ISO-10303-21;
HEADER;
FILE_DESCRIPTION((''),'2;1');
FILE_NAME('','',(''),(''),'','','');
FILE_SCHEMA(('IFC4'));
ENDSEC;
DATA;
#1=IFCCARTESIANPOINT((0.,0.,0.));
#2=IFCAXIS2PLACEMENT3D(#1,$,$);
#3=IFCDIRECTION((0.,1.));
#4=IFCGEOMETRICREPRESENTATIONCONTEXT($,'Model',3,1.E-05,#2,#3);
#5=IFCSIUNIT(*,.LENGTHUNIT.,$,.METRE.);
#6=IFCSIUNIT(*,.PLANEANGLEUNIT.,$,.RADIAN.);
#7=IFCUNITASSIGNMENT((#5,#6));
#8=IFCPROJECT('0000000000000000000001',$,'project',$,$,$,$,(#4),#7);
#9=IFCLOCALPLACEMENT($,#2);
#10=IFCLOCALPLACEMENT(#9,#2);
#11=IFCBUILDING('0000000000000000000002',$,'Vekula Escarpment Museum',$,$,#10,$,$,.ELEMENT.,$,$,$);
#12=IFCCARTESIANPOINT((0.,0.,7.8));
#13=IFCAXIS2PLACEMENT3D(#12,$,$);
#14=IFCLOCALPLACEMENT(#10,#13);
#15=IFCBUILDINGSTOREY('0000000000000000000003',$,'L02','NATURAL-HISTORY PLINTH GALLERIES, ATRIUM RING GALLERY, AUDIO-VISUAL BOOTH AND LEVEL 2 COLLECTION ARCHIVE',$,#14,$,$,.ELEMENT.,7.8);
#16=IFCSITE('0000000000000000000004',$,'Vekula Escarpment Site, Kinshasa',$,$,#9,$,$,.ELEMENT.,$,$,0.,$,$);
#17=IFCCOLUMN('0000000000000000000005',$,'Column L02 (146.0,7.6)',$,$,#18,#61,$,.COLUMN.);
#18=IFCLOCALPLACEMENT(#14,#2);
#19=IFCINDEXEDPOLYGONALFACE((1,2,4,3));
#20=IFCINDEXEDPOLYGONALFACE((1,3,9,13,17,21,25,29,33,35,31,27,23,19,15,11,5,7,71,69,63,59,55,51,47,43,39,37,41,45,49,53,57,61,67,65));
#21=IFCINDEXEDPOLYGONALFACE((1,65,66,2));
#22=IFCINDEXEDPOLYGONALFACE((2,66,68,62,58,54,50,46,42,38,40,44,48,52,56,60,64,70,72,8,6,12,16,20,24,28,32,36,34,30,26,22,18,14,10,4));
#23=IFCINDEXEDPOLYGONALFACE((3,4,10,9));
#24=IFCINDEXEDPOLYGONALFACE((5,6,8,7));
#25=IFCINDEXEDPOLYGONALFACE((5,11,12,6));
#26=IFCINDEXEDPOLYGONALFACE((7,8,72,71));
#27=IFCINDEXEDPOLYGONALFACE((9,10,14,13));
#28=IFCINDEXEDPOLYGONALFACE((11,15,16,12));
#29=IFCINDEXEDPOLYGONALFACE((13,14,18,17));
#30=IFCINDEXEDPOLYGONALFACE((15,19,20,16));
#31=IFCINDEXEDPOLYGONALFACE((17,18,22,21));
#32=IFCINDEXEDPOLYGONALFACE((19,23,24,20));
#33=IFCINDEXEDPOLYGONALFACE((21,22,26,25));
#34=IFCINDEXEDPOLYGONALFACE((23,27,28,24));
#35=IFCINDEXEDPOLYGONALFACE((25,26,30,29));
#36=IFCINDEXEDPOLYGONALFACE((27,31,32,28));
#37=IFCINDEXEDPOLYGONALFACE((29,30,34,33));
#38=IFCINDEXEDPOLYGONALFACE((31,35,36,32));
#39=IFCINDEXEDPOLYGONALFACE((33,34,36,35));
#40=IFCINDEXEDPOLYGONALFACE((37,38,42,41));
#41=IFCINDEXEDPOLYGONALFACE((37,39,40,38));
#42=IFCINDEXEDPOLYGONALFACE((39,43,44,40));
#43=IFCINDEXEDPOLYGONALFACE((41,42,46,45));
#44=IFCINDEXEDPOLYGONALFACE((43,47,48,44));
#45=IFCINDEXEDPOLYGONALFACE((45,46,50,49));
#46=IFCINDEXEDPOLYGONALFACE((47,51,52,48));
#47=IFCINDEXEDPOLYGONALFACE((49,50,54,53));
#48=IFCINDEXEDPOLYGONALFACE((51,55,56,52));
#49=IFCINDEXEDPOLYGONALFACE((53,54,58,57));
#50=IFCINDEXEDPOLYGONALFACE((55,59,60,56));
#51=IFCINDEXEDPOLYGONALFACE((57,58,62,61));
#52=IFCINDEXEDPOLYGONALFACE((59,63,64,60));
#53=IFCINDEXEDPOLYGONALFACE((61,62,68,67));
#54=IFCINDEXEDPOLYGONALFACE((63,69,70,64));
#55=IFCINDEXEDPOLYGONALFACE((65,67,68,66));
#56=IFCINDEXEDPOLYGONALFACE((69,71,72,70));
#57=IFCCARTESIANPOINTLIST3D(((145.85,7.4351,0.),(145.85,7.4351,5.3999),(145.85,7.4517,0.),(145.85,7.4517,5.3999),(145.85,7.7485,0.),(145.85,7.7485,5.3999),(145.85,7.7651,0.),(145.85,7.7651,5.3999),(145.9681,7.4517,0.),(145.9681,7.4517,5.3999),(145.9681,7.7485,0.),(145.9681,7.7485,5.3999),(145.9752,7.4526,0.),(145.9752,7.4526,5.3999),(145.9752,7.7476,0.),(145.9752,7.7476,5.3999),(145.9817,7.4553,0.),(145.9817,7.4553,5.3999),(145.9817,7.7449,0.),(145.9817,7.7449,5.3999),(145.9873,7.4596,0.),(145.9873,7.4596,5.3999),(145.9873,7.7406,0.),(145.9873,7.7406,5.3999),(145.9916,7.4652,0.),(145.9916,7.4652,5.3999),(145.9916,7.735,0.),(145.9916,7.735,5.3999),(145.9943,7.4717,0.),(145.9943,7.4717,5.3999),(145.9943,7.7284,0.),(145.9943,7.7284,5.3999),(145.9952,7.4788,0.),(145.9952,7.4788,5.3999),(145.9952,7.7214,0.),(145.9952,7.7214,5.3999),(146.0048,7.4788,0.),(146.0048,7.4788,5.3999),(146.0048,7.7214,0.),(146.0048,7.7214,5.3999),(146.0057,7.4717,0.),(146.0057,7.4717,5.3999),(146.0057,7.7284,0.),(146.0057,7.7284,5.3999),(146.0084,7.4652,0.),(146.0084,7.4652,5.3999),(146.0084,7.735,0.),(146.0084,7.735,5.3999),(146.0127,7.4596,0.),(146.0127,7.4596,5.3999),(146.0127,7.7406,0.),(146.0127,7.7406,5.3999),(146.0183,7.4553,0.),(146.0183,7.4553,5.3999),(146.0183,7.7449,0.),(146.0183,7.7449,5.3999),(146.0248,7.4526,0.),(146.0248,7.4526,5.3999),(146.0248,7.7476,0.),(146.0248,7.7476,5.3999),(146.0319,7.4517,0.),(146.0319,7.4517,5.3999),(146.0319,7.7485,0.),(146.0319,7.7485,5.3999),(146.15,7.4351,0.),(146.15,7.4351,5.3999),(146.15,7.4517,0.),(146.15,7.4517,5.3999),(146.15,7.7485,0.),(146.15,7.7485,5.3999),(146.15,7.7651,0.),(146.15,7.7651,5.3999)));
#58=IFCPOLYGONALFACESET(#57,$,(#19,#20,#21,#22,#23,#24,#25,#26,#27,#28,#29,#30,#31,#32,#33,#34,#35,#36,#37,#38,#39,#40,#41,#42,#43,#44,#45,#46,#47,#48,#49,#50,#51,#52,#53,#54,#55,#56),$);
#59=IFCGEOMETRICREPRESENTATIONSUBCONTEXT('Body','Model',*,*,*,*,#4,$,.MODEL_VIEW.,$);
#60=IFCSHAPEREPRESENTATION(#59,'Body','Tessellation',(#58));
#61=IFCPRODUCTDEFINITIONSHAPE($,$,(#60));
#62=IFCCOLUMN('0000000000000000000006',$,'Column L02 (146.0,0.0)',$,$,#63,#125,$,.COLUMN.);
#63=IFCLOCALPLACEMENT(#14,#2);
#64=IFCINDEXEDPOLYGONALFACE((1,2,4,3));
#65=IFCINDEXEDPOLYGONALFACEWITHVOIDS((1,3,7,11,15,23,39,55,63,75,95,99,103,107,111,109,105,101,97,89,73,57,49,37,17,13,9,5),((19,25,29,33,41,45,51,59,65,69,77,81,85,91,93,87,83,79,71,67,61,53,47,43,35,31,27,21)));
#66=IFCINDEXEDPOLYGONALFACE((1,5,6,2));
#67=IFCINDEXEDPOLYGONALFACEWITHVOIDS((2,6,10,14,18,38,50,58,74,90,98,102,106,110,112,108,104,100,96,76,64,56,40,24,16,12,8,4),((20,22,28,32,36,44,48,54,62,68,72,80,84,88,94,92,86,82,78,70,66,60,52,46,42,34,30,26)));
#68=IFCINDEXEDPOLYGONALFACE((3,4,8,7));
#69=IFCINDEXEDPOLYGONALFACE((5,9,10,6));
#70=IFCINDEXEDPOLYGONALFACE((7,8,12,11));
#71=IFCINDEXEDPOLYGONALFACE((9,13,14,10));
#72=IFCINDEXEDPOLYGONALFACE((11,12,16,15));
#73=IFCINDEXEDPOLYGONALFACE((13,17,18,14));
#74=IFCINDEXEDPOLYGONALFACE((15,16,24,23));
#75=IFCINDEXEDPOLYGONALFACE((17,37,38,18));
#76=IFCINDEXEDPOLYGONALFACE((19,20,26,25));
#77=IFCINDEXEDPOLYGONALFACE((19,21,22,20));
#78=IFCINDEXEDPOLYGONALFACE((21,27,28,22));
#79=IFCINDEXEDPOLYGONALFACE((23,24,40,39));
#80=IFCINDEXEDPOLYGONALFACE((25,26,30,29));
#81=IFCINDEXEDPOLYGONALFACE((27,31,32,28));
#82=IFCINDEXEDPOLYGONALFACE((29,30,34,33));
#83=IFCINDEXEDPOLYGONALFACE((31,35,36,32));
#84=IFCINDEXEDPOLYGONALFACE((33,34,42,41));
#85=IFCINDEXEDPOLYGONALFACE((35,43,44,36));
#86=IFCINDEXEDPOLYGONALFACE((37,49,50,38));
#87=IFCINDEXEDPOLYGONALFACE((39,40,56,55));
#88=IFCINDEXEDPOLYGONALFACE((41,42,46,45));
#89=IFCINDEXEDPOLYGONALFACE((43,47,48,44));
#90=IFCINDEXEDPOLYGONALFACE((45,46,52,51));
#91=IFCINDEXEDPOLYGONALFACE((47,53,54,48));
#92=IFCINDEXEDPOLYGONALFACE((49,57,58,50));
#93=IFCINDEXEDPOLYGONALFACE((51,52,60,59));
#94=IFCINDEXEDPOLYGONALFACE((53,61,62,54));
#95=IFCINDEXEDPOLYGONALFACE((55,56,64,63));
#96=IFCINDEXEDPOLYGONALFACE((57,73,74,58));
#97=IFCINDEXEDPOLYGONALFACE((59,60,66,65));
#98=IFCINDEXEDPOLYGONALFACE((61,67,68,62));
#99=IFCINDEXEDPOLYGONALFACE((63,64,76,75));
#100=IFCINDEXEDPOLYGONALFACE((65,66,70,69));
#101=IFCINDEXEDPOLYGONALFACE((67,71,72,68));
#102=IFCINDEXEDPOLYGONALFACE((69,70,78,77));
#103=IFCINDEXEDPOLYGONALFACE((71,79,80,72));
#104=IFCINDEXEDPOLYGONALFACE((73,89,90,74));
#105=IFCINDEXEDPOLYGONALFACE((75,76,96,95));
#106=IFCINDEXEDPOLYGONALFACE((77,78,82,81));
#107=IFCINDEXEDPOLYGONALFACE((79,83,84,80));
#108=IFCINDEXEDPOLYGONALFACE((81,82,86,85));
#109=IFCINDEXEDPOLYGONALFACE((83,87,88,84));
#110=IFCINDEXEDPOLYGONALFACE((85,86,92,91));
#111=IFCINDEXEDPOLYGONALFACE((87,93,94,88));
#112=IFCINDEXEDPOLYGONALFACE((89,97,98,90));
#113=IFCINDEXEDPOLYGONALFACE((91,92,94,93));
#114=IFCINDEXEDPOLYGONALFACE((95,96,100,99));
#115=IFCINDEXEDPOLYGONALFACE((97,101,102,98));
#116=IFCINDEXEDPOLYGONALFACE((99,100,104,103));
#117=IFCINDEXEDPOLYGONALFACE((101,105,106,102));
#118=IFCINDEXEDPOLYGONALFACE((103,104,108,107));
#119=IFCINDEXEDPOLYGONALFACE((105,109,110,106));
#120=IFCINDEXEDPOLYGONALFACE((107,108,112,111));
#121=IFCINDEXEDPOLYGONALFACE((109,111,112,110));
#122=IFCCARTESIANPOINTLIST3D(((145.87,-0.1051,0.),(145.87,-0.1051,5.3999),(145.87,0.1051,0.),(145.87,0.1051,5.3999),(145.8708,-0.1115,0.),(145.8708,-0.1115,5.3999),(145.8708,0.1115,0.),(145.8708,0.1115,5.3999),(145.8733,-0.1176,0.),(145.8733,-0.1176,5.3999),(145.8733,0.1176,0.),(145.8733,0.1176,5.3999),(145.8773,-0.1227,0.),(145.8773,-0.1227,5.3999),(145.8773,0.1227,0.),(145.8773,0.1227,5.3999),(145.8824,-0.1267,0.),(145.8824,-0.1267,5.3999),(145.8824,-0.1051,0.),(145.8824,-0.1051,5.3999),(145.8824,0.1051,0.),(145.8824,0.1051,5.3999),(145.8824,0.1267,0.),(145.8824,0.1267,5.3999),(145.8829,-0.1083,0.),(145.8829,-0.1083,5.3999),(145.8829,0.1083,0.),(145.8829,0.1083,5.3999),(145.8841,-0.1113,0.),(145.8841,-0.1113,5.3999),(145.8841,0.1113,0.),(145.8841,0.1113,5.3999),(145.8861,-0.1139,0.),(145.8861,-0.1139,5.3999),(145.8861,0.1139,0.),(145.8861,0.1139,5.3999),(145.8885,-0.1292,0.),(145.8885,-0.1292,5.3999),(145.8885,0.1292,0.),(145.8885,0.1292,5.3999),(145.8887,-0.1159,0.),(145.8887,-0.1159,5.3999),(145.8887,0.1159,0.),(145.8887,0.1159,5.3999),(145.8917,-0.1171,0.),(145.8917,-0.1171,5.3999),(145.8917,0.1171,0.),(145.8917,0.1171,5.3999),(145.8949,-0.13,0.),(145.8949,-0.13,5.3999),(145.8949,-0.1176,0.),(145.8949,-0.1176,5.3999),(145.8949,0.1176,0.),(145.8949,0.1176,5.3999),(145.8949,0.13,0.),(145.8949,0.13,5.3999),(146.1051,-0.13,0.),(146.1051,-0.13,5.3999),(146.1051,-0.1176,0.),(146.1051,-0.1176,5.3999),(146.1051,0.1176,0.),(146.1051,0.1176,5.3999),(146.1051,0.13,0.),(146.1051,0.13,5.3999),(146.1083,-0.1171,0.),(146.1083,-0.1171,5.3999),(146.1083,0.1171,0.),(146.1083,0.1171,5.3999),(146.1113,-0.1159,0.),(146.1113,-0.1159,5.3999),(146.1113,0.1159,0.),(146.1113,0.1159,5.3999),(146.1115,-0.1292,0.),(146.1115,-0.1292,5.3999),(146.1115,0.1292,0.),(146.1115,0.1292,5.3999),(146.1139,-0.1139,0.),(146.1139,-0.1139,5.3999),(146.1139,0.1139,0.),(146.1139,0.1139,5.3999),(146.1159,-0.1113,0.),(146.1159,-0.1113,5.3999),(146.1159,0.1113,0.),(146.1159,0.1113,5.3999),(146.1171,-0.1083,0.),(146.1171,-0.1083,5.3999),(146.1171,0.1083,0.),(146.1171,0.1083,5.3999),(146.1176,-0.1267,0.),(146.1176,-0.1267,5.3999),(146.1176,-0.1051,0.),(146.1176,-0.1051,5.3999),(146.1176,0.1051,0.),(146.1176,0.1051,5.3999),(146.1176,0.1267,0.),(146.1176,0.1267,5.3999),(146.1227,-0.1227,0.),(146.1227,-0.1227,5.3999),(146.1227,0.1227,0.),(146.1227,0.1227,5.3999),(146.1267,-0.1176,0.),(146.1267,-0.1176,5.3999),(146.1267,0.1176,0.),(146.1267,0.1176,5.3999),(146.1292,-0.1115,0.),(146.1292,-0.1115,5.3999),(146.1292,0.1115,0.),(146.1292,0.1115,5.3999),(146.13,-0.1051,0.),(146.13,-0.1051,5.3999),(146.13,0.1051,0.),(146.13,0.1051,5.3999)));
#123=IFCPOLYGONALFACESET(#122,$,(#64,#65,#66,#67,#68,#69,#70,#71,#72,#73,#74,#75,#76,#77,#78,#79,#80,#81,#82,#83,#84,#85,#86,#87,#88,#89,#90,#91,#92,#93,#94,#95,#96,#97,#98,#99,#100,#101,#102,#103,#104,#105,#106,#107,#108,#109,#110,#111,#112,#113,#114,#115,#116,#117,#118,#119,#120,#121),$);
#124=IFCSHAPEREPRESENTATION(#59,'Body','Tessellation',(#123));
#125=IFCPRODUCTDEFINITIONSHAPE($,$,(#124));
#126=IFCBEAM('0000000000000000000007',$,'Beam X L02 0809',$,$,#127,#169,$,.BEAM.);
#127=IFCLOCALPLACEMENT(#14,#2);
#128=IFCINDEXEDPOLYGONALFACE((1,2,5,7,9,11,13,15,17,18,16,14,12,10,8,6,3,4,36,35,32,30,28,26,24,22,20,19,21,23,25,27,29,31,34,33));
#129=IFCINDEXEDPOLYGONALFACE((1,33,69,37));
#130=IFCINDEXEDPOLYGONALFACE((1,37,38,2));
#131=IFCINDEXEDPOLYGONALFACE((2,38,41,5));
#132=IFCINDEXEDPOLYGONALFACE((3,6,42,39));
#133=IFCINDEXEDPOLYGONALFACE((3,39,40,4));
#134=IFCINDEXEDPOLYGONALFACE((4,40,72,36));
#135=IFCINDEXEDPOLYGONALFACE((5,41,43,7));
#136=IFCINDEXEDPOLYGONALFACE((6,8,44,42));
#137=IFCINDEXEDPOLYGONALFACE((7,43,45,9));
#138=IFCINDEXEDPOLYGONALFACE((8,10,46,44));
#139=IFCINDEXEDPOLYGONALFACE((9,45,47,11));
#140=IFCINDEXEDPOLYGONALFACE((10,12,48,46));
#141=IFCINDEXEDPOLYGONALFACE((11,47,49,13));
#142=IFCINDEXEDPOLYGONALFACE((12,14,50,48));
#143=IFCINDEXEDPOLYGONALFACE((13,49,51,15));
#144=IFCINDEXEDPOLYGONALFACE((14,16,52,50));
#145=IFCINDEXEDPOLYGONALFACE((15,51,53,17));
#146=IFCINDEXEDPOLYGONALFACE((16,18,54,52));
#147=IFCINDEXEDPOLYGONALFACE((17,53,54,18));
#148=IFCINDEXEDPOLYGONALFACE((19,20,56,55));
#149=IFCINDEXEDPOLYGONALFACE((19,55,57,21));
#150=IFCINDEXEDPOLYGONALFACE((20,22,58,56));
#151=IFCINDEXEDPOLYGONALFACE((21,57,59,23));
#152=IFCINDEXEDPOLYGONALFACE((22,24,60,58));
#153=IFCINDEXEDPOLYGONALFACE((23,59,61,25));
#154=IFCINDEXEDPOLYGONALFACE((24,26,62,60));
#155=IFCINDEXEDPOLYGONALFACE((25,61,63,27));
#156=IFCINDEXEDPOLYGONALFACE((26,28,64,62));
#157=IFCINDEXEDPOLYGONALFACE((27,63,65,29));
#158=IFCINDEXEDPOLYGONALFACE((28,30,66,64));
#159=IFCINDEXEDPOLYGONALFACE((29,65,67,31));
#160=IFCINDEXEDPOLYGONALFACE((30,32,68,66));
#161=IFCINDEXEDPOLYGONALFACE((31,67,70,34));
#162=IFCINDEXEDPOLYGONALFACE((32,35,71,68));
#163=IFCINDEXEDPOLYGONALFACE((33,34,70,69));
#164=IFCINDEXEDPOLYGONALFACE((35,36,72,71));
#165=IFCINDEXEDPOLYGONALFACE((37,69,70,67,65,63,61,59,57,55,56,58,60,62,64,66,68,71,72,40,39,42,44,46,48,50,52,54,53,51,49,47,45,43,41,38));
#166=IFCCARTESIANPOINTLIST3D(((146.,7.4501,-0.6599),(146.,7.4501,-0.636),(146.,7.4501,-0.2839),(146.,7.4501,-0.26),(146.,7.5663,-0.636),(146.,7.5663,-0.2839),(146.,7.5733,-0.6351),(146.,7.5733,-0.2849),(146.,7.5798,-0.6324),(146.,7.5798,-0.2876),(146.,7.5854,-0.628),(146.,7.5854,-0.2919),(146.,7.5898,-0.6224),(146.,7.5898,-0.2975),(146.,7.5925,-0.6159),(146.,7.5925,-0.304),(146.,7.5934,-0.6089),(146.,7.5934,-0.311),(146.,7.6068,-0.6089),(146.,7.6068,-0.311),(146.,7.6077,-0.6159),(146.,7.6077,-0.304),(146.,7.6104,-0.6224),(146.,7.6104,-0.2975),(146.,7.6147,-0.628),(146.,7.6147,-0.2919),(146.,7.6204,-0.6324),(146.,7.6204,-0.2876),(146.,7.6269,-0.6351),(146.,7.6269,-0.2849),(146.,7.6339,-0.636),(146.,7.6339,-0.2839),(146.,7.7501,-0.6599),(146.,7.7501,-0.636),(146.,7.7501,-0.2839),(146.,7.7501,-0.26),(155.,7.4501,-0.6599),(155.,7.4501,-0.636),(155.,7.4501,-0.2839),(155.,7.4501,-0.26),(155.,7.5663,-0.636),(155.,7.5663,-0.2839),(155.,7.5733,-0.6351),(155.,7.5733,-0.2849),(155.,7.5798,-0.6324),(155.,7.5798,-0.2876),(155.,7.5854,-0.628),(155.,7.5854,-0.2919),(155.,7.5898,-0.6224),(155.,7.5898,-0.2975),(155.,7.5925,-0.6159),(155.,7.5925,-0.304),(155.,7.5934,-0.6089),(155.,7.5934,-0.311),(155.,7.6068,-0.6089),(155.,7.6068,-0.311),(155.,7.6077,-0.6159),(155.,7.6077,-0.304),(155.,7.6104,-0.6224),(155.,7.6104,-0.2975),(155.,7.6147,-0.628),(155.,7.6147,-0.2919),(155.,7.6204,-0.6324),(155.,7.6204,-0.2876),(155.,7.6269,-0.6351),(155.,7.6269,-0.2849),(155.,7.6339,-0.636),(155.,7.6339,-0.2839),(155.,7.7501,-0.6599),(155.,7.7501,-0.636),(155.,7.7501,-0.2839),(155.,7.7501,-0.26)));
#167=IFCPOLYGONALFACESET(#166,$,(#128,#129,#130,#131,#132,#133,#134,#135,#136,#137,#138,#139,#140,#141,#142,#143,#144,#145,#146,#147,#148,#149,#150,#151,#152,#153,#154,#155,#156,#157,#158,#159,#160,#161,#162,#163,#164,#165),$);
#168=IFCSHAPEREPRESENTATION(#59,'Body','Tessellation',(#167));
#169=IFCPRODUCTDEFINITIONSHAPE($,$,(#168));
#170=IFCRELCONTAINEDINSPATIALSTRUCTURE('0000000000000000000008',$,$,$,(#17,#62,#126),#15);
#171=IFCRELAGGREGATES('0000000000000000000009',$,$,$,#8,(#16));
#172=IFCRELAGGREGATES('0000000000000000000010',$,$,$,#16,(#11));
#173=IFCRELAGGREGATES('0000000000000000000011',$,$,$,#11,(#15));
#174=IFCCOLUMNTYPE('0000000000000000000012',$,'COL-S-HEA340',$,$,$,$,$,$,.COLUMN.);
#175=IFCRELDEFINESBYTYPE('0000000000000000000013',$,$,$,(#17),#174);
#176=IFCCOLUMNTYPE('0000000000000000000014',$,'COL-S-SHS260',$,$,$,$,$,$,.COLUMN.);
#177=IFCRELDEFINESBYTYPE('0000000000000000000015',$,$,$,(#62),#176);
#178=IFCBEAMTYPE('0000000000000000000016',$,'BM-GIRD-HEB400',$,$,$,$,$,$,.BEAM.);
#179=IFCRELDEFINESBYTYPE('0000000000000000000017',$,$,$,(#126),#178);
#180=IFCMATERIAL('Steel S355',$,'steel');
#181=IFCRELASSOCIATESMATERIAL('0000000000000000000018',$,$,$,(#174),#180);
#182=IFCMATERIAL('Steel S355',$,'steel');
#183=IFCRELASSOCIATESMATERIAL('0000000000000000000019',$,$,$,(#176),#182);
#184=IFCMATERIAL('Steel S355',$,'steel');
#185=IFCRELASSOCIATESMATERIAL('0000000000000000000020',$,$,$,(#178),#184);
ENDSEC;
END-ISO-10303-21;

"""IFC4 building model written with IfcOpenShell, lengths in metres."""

from ifc_helpers import new_model, si_unit, direction, frame, origin, origin_2d, place, context, subcontext, project, spatial, hollow_rectangle, i_section, extrude, material, material_profile, profile_set, type_object, element, save


model = new_model("IFC4")

# Units and contexts
model_context = context("Model", 3, precision=1e-05, world=origin(), true_north=direction((0.0, 1.0)))
body_context = subcontext(model_context, "Body", "Model", "MODEL_VIEW")
ifc_project = project(units=[si_unit("LENGTHUNIT", "METRE"), si_unit("PLANEANGLEUNIT", "RADIAN")], contexts=[model_context])

# Site, building, storey
site_placement = place(None, origin())
site = spatial("IfcSite", under=ifc_project, at=site_placement, Name="Vekula Escarpment Site, Kinshasa", CompositionType="ELEMENT", RefElevation=0.0)
building_placement = place(site_placement, origin())
building = spatial("IfcBuilding", under=site, at=building_placement, Name="Vekula Escarpment Museum", CompositionType="ELEMENT")
storey_placement = place(building_placement, frame((0.0, 0.0, 7.8)))
storey = spatial("IfcBuildingStorey", under=building, at=storey_placement, Name="L02", Description="NATURAL-HISTORY PLINTH GALLERIES, ATRIUM RING GALLERY, AUDIO-VISUAL BOOTH AND LEVEL 2 COLLECTION ARCHIVE", CompositionType="ELEMENT", Elevation=7.8)

# Columns
ifc_material_1 = material(Name="Steel S355", Category="steel")
ifc_material_profile_1 = material_profile(ifc_material_1, i_section(OverallWidth=0.3, OverallDepth=0.3301, WebThickness=0.0095, FlangeThickness=0.0166, FilletRadius=0.0271, at=origin_2d()), Name="HEA 340")
ifc_profile_set_1 = profile_set([ifc_material_profile_1], Name="Steel S355")
column_type_1 = type_object("IfcColumnType", Name="COL-S-HEA340", PredefinedType="COLUMN", material=ifc_profile_set_1)
column_1_placement = place(storey_placement, frame((146.0, 7.6001, 0.0), z_axis=(0.0, 0.0, 1.0), x_axis=(1.0, 0.0, 0.0)))
element("IfcColumn", 1, at=column_1_placement, inside=storey, type_object=column_type_1, Name="Column L02 (146.0,7.6)", PredefinedType="COLUMN", context=body_context, shape_type="SweptSolid", body=[
    extrude(i_section(OverallWidth=0.3, OverallDepth=0.3301, WebThickness=0.0095, FlangeThickness=0.0166, FilletRadius=0.0271, at=origin_2d()), origin(), (0.0, 0.0, 1.0), 5.3999),
])
ifc_material_2 = material(Name="Steel S355", Category="steel")
ifc_material_profile_2 = material_profile(ifc_material_2, hollow_rectangle(XDim=0.26, YDim=0.26, WallThickness=0.0125, InnerFilletRadius=0.0125, OuterFilletRadius=0.0249, at=origin_2d()), Name="SHS 260x260x12.5")
ifc_profile_set_2 = profile_set([ifc_material_profile_2], Name="Steel S355")
column_type_2 = type_object("IfcColumnType", Name="COL-S-SHS260", PredefinedType="COLUMN", material=ifc_profile_set_2)
column_2_placement = place(storey_placement, frame((146.0, 0.0, 0.0), z_axis=(0.0, 0.0, 1.0), x_axis=(1.0, 0.0, 0.0)))
element("IfcColumn", 2, at=column_2_placement, inside=storey, type_object=column_type_2, Name="Column L02 (146.0,0.0)", PredefinedType="COLUMN", context=body_context, shape_type="SweptSolid", body=[
    extrude(hollow_rectangle(XDim=0.26, YDim=0.26, WallThickness=0.0125, InnerFilletRadius=0.0125, OuterFilletRadius=0.0249, at=origin_2d()), origin(), (0.0, 0.0, 1.0), 5.3999),
])

# Beam
ifc_material_3 = material(Name="Steel S355", Category="steel")
ifc_material_profile_3 = material_profile(ifc_material_3, i_section(OverallWidth=0.3, OverallDepth=0.3999, WebThickness=0.0134, FlangeThickness=0.0239, FilletRadius=0.0271, at=origin_2d()), Name="HEB 400")
ifc_profile_set_3 = profile_set([ifc_material_profile_3], Name="Steel S355")
beam_type_1 = type_object("IfcBeamType", Name="BM-GIRD-HEB400", PredefinedType="BEAM", material=ifc_profile_set_3)
beam_1_placement = place(storey_placement, frame((146.0, 7.6001, -0.46), z_axis=(1.0, 0.0, 0.0), x_axis=(0.0, 1.0, 0.0)))
element("IfcBeam", 3, at=beam_1_placement, inside=storey, type_object=beam_type_1, Name="Beam X L02 0809", PredefinedType="BEAM", context=body_context, shape_type="SweptSolid", body=[
    extrude(i_section(OverallWidth=0.3, OverallDepth=0.3999, WebThickness=0.0134, FlangeThickness=0.0239, FilletRadius=0.0271, at=origin_2d()), origin(), (0.0, 0.0, 1.0), 9.0),
])

save(model, "model.ifc")
